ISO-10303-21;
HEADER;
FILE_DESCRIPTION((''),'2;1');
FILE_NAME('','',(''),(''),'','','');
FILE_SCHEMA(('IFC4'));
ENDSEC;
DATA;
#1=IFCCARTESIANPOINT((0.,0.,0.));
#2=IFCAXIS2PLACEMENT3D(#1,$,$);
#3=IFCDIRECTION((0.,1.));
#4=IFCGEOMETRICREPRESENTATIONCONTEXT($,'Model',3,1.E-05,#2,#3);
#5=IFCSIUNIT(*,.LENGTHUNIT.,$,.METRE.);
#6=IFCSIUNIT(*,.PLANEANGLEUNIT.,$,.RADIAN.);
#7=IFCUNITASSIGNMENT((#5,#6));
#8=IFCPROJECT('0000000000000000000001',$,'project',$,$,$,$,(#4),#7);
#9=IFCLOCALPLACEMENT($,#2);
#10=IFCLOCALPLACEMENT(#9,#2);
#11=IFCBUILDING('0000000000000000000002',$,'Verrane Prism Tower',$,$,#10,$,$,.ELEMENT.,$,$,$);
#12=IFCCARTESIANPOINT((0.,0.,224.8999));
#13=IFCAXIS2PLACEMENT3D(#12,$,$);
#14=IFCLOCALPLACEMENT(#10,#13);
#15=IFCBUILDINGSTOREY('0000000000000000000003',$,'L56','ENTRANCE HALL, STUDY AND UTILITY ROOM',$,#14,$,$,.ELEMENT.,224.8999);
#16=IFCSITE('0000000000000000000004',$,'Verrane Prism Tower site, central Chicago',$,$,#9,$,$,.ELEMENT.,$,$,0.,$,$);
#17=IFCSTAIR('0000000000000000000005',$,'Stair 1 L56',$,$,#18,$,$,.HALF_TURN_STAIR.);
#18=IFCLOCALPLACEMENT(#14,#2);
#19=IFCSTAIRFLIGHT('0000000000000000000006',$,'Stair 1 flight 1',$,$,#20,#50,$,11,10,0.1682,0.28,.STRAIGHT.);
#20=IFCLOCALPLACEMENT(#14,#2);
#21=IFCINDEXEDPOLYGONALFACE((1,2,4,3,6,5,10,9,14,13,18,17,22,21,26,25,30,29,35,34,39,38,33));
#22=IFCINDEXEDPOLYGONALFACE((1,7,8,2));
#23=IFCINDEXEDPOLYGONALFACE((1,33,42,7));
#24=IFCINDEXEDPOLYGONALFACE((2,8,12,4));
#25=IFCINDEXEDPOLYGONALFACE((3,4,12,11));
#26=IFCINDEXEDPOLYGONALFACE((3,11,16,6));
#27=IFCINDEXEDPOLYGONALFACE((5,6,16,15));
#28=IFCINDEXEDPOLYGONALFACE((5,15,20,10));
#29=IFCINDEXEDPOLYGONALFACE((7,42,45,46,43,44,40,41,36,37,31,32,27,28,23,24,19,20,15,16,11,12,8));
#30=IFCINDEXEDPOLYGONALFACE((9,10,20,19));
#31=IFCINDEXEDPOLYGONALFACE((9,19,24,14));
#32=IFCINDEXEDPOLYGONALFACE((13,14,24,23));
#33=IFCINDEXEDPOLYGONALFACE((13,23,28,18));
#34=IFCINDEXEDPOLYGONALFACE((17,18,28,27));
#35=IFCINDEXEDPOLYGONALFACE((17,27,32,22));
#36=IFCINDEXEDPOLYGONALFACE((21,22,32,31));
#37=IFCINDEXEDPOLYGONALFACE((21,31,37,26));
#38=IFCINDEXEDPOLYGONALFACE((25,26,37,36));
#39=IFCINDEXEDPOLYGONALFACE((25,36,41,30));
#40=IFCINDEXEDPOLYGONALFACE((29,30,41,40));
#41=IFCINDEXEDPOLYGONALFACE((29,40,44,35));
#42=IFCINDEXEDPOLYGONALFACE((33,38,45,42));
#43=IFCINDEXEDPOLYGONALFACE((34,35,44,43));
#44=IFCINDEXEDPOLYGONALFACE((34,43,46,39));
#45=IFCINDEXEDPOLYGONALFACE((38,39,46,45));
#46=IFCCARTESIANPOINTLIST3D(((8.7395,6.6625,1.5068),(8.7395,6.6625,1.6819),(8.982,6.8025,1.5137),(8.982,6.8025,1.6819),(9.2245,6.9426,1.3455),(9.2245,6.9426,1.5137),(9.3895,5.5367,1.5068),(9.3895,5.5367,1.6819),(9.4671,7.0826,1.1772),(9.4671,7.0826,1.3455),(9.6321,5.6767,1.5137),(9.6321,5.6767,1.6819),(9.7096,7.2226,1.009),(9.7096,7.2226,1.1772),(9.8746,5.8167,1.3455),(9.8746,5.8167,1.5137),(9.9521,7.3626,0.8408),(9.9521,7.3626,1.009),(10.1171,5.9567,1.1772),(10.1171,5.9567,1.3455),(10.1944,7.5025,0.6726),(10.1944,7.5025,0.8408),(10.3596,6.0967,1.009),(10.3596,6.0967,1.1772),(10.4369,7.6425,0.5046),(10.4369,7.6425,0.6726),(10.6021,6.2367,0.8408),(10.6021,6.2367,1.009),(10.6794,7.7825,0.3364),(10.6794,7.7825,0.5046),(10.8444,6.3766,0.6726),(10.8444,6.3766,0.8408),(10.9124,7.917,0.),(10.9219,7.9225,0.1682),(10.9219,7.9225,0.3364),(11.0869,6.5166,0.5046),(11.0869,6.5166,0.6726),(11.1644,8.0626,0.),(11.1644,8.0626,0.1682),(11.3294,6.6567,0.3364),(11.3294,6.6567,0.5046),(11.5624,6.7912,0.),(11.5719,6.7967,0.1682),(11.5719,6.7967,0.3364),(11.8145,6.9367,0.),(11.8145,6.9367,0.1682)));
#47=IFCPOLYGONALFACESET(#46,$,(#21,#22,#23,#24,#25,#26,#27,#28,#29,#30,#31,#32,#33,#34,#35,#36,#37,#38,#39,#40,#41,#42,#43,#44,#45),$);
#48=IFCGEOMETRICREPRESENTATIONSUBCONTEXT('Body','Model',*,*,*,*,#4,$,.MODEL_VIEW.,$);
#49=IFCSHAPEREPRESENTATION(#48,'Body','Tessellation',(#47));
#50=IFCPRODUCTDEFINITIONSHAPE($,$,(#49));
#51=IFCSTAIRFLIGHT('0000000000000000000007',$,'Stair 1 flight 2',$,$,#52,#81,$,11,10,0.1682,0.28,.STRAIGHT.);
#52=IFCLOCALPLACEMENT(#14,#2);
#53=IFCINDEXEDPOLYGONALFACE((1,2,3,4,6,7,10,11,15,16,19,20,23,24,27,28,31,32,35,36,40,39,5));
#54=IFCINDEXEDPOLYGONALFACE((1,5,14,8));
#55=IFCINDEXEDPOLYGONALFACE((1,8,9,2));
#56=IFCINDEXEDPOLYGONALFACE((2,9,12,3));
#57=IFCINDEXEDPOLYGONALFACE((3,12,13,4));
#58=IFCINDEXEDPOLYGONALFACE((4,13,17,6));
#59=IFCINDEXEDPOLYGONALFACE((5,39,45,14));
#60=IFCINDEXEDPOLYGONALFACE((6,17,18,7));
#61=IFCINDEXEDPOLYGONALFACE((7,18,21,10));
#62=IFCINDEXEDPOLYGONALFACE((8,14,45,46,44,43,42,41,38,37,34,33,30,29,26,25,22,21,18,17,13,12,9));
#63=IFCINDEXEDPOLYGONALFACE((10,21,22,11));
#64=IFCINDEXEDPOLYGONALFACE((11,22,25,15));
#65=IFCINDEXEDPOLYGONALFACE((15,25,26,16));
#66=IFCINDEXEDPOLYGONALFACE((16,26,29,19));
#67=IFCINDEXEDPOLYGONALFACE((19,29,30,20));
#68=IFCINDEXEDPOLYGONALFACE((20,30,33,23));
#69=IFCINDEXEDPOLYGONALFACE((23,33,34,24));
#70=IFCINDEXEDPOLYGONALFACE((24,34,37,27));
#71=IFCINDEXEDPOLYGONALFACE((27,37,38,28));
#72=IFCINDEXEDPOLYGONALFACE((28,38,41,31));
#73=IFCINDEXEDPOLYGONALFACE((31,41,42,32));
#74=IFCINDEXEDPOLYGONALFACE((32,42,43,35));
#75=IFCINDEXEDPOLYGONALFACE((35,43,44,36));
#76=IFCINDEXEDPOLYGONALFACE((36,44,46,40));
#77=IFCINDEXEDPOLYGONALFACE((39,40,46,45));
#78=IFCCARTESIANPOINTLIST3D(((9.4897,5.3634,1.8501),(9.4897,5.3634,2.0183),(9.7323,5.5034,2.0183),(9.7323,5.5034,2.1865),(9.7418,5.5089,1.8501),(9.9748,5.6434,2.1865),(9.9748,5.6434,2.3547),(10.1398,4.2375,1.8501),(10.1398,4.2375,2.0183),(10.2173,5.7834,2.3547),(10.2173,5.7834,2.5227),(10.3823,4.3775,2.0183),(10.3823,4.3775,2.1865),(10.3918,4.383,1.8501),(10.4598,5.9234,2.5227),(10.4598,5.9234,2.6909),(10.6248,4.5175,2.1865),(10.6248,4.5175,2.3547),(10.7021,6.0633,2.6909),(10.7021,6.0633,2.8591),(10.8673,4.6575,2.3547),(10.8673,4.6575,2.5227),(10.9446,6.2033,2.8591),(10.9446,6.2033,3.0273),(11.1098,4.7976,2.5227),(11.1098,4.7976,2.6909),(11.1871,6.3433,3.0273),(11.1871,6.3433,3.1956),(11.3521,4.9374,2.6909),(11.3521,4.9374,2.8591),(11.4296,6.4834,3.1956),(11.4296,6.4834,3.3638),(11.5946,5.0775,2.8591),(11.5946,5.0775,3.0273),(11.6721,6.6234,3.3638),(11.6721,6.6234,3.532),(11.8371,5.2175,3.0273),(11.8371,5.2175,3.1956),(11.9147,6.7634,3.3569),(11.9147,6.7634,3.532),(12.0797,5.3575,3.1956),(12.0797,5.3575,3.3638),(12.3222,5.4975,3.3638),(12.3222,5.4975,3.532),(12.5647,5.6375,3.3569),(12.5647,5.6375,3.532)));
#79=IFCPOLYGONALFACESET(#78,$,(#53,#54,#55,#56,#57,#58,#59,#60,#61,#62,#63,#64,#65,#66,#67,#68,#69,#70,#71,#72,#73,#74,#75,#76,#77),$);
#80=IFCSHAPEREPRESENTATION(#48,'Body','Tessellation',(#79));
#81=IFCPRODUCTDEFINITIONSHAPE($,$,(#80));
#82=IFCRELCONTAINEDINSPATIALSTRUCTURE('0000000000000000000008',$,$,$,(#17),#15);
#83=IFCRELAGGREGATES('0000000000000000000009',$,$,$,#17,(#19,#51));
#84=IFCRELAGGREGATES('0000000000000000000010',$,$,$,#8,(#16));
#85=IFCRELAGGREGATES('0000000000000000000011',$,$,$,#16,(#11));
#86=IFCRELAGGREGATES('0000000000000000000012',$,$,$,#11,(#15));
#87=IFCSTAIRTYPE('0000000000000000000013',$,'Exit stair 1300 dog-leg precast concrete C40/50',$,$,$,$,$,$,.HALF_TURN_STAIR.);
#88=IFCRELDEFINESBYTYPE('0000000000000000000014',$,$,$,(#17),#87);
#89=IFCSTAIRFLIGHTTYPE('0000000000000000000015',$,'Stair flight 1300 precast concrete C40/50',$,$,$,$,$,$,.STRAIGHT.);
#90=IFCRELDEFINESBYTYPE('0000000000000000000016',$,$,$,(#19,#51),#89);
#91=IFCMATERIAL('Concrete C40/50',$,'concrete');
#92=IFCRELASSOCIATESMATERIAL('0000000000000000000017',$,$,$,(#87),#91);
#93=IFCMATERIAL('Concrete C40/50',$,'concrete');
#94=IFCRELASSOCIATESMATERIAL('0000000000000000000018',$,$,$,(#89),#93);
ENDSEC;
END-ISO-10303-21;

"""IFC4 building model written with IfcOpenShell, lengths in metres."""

from ifc_helpers import new_model, si_unit, direction, frame, origin, place, context, subcontext, project, spatial, polyline, outline, extrude, material, type_object, element, aggregate, save


model = new_model("IFC4")

# Units and contexts
model_context = context("Model", 3, precision=1e-05, world=origin(), true_north=direction((0.0, 1.0)))
body_context = subcontext(model_context, "Body", "Model", "MODEL_VIEW")
ifc_project = project(units=[si_unit("LENGTHUNIT", "METRE"), si_unit("PLANEANGLEUNIT", "RADIAN")], contexts=[model_context])

# Site, building, storey
site_placement = place(None, origin())
site = spatial("IfcSite", under=ifc_project, at=site_placement, Name="Verrane Prism Tower site, central Chicago", CompositionType="ELEMENT", RefElevation=0.0)
building_placement = place(site_placement, origin())
building = spatial("IfcBuilding", under=site, at=building_placement, Name="Verrane Prism Tower", CompositionType="ELEMENT")
storey_placement = place(building_placement, frame((0.0, 0.0, 224.8999)))
storey = spatial("IfcBuildingStorey", under=building, at=storey_placement, Name="L56", Description="ENTRANCE HALL, STUDY AND UTILITY ROOM", CompositionType="ELEMENT", Elevation=224.8999)

# Stair, stair flights
ifc_material_1 = material(Name="Concrete C40/50", Category="concrete")
stair_type = type_object("IfcStairType", Name="Exit stair 1300 dog-leg precast concrete C40/50", PredefinedType="HALF_TURN_STAIR", material=ifc_material_1)
stair_placement = place(storey_placement, origin())
stair = element("IfcStair", 1, at=stair_placement, inside=storey, type_object=stair_type, Name="Stair 1 L56", PredefinedType="HALF_TURN_STAIR")
ifc_material_2 = material(Name="Concrete C40/50", Category="concrete")
stair_flight_type = type_object("IfcStairFlightType", Name="Stair flight 1300 precast concrete C40/50", PredefinedType="STRAIGHT", material=ifc_material_2)
stair_flight_1_placement = place(storey_placement, frame((11.4895, 7.4995, 0.0), z_axis=(0.0, 0.0, 1.0), x_axis=(-0.866025, -0.5, 0.0)))
stair_flight_1 = element("IfcStairFlight", 2, at=stair_flight_1_placement, type_object=stair_flight_type, Name="Stair 1 flight 1", NumberOfRisers=11, NumberOfTreads=10, PredefinedType="STRAIGHT", RiserHeight=0.1682, TreadLength=0.28, context=body_context, shape_type="SweptSolid", body=[
    extrude(outline(polyline([(0.0, 0.0), (0.0, 0.1682), (0.28, 0.1682), (0.28, 0.3364), (0.5601, 0.3364), (0.5601, 0.5046), (0.8401, 0.5046), (0.8401, 0.6726), (1.1201, 0.6726), (1.1201, 0.8408), (1.3999, 0.8408), (1.3999, 1.009), (1.6799, 1.009), (1.6799, 1.1772), (1.96, 1.1772), (1.96, 1.3455), (2.24, 1.3455), (2.24, 1.5137), (2.52, 1.5137), (2.52, 1.6819), (2.8, 1.6819), (2.8, 1.8501), (2.8, 1.5068), (0.291, 0.0), (0.0, 0.0)])), frame((0.0, 0.6499, 0.0), z_axis=(0.0, -1.0, 0.0), x_axis=(1.0, 0.0, 0.0)), (0.0, 0.0, 1.0), 1.3),
])
stair_flight_2_placement = place(storey_placement, frame((9.8147, 4.8005, 1.8501), z_axis=(0.0, 0.0, 1.0), x_axis=(0.866025, 0.5, 0.0)))
stair_flight_2 = element("IfcStairFlight", 3, at=stair_flight_2_placement, type_object=stair_flight_type, Name="Stair 1 flight 2", NumberOfRisers=11, NumberOfTreads=10, PredefinedType="STRAIGHT", RiserHeight=0.1682, TreadLength=0.28, context=body_context, shape_type="SweptSolid", body=[
    extrude(outline(polyline([(0.0, 0.0), (0.0, 0.1682), (0.28, 0.1682), (0.28, 0.3364), (0.5601, 0.3364), (0.5601, 0.5046), (0.8401, 0.5046), (0.8401, 0.6726), (1.1201, 0.6726), (1.1201, 0.8408), (1.3999, 0.8408), (1.3999, 1.009), (1.6799, 1.009), (1.6799, 1.1772), (1.96, 1.1772), (1.96, 1.3455), (2.24, 1.3455), (2.24, 1.5137), (2.52, 1.5137), (2.52, 1.6819), (2.8, 1.6819), (2.8, 1.8501), (2.8, 1.5068), (0.291, 0.0), (0.0, 0.0)])), frame((0.0, 0.6499, 0.0), z_axis=(0.0, -1.0, 0.0), x_axis=(1.0, 0.0, 0.0)), (0.0, 0.0, 1.0), 1.3),
])
aggregate(stair, [stair_flight_1, stair_flight_2])

save(model, "model.ifc")
